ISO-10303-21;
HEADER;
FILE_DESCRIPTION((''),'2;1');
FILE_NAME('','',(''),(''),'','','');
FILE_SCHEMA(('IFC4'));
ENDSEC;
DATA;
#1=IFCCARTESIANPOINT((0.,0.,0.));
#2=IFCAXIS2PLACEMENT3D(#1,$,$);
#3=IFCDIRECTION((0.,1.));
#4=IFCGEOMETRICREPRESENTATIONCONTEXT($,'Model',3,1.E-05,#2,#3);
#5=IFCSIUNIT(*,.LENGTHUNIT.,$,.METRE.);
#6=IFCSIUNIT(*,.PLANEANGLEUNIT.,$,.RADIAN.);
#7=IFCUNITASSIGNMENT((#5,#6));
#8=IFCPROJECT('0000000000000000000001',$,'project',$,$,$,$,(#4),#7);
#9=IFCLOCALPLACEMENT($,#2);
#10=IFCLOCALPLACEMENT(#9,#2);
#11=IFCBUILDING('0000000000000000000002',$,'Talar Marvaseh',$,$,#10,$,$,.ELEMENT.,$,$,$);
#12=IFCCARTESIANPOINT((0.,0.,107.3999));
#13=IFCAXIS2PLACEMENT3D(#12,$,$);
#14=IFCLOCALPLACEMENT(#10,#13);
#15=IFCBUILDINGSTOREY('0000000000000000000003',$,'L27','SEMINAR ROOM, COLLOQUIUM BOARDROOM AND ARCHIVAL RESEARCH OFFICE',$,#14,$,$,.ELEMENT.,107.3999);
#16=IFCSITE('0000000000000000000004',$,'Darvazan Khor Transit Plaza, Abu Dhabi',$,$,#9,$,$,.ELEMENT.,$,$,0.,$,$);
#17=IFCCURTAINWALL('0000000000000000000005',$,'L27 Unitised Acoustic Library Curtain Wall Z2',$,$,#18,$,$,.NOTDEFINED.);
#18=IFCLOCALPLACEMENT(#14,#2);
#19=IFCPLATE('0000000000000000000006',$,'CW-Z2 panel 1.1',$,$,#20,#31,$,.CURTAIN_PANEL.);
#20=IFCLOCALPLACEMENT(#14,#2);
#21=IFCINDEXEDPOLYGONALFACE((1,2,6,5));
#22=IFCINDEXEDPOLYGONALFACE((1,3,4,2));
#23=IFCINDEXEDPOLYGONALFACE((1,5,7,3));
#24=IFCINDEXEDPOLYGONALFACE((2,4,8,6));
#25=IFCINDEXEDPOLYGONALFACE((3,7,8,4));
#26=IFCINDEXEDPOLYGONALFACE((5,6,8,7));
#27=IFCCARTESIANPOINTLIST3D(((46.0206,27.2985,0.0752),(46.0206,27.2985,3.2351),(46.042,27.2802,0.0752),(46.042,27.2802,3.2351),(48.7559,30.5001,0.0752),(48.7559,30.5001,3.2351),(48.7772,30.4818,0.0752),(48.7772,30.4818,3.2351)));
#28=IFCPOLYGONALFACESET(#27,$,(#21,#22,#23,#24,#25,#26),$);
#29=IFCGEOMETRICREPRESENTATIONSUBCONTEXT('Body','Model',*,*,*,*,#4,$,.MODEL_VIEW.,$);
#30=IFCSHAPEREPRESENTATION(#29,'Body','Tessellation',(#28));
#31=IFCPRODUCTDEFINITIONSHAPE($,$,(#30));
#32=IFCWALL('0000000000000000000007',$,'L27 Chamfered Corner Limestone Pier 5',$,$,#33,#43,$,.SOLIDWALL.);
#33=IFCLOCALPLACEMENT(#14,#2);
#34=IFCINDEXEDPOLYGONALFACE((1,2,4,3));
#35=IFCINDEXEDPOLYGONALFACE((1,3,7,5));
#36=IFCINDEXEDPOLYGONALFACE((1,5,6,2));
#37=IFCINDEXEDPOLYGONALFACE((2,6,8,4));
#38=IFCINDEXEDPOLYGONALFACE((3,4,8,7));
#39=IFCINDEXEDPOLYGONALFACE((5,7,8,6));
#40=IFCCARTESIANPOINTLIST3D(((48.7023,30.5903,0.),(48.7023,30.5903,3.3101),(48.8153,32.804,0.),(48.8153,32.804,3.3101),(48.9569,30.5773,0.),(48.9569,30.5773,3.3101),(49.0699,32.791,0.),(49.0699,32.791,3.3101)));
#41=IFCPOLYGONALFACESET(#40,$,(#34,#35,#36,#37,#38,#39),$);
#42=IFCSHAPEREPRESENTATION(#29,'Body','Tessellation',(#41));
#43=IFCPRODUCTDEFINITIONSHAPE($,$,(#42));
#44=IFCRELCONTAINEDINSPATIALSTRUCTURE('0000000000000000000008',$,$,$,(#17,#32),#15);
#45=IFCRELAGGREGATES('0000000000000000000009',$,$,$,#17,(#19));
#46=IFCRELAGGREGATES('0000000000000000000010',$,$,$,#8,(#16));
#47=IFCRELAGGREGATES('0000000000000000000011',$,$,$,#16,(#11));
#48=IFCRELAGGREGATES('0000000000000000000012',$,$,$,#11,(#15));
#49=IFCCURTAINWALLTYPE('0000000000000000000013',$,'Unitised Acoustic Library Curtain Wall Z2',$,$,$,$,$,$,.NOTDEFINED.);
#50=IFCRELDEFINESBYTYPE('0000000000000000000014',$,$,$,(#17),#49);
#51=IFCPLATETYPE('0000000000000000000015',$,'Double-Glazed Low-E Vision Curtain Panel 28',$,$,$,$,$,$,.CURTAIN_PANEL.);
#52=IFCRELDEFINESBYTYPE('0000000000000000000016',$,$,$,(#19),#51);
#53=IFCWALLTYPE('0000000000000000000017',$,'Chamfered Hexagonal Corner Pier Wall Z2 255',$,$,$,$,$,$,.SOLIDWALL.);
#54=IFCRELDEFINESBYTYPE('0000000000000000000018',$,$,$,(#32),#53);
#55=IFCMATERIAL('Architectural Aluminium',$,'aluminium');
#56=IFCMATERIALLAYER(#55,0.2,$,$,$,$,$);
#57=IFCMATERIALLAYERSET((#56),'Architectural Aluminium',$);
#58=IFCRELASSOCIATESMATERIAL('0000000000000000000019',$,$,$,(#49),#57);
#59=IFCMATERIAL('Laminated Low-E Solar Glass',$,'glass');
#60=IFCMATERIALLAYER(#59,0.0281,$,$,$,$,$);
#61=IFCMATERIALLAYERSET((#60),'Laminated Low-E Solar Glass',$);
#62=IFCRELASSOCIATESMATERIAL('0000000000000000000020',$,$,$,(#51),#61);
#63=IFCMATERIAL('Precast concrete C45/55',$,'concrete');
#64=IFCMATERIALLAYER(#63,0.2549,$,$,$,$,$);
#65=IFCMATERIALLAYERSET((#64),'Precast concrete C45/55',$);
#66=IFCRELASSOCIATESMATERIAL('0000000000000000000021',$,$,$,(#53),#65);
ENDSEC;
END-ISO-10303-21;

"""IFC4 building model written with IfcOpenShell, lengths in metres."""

from ifc_helpers import new_model, si_unit, direction, frame, frame_2d, origin, origin_2d, place, context, subcontext, project, spatial, rectangle, extrude, source, transform, mapped, material, layer, layer_set, type_object, element, aggregate, save


model = new_model("IFC4")

# Units and contexts
model_context = context("Model", 3, precision=1e-05, world=origin(), true_north=direction((0.0, 1.0)))
body_context = subcontext(model_context, "Body", "Model", "MODEL_VIEW")
ifc_project = project(units=[si_unit("LENGTHUNIT", "METRE"), si_unit("PLANEANGLEUNIT", "RADIAN")], contexts=[model_context])

# Site, building, storey
site_placement = place(None, origin())
site = spatial("IfcSite", under=ifc_project, at=site_placement, Name="Darvazan Khor Transit Plaza, Abu Dhabi", CompositionType="ELEMENT", RefElevation=0.0)
building_placement = place(site_placement, origin())
building = spatial("IfcBuilding", under=site, at=building_placement, Name="Talar Marvaseh", CompositionType="ELEMENT")
storey_placement = place(building_placement, frame((0.0, 0.0, 107.3999)))
storey = spatial("IfcBuildingStorey", under=building, at=storey_placement, Name="L27", Description="SEMINAR ROOM, COLLOQUIUM BOARDROOM AND ARCHIVAL RESEARCH OFFICE", CompositionType="ELEMENT", Elevation=107.3999)

# Shared definitions
ifc_material_1 = material(Name="Architectural Aluminium", Category="aluminium")
ifc_layer_1 = layer(ifc_material_1, 0.2)
ifc_layer_set_1 = layer_set([ifc_layer_1], Name="Architectural Aluminium")
curtain_wall_type = type_object("IfcCurtainWallType", Name="Unitised Acoustic Library Curtain Wall Z2", PredefinedType="NOTDEFINED", material=ifc_layer_set_1)

# Curtain wall
curtain_wall_1_placement = place(storey_placement, origin())
curtain_wall_1 = element("IfcCurtainWall", 1, at=curtain_wall_1_placement, inside=storey, type_object=curtain_wall_type, Name="L27 Unitised Acoustic Library Curtain Wall Z2", PredefinedType="NOTDEFINED")

# Plate
ifc_material_2 = material(Name="Laminated Low-E Solar Glass", Category="glass")
ifc_layer_2 = layer(ifc_material_2, 0.0281)
ifc_layer_set_2 = layer_set([ifc_layer_2], Name="Laminated Low-E Solar Glass")
plate_type = type_object("IfcPlateType", Name="Double-Glazed Low-E Vision Curtain Panel 28", PredefinedType="CURTAIN_PANEL", material=ifc_layer_set_2)
shared_shape_1 = source(origin(), body_context, "Body", "SweptSolid", [
    extrude(rectangle(XDim=4.2109, YDim=0.0281, at=origin_2d()), origin(), (0.0, 0.0, 1.0), 3.1599),
])
plate_1_placement = place(storey_placement, frame((47.3989, 28.8901, 0.0752), z_axis=(0.0, 0.0, 1.0), x_axis=(-0.649567, -0.760305, 0.0)))
plate_1 = element("IfcPlate", 2, at=plate_1_placement, type_object=plate_type, Name="CW-Z2 panel 1.1", PredefinedType="CURTAIN_PANEL", context=body_context, shape_type="MappedRepresentation", body=[
    mapped(shared_shape_1, transform((0.0, 0.0, 0.0), x_axis=(1.0, 0.0, 0.0), y_axis=(0.0, 1.0, 0.0), z_axis=(0.0, 0.0, 1.0), scale=1.0)),
])
aggregate(curtain_wall_1, [plate_1])

# Wall
ifc_material_3 = material(Name="Precast concrete C45/55", Category="concrete")
ifc_layer_3 = layer(ifc_material_3, 0.2549)
ifc_layer_set_3 = layer_set([ifc_layer_3], Name="Precast concrete C45/55")
wall_type = type_object("IfcWallType", Name="Chamfered Hexagonal Corner Pier Wall Z2 255", PredefinedType="SOLIDWALL", material=ifc_layer_set_3)
wall_placement = place(storey_placement, frame((48.9426, 32.7976, 0.0), z_axis=(0.0, 0.0, 1.0), x_axis=(-0.050998, -0.998699, 0.0)))
element("IfcWall", 3, at=wall_placement, inside=storey, type_object=wall_type, Name="L27 Chamfered Corner Limestone Pier 5", PredefinedType="SOLIDWALL", context=body_context, shape_type="SweptSolid", body=[
    extrude(rectangle(XDim=2.2166, YDim=0.2549, at=frame_2d((1.1084, 0.0))), origin(), (0.0, 0.0, 1.0), 3.3101),
])

save(model, "model.ifc")
